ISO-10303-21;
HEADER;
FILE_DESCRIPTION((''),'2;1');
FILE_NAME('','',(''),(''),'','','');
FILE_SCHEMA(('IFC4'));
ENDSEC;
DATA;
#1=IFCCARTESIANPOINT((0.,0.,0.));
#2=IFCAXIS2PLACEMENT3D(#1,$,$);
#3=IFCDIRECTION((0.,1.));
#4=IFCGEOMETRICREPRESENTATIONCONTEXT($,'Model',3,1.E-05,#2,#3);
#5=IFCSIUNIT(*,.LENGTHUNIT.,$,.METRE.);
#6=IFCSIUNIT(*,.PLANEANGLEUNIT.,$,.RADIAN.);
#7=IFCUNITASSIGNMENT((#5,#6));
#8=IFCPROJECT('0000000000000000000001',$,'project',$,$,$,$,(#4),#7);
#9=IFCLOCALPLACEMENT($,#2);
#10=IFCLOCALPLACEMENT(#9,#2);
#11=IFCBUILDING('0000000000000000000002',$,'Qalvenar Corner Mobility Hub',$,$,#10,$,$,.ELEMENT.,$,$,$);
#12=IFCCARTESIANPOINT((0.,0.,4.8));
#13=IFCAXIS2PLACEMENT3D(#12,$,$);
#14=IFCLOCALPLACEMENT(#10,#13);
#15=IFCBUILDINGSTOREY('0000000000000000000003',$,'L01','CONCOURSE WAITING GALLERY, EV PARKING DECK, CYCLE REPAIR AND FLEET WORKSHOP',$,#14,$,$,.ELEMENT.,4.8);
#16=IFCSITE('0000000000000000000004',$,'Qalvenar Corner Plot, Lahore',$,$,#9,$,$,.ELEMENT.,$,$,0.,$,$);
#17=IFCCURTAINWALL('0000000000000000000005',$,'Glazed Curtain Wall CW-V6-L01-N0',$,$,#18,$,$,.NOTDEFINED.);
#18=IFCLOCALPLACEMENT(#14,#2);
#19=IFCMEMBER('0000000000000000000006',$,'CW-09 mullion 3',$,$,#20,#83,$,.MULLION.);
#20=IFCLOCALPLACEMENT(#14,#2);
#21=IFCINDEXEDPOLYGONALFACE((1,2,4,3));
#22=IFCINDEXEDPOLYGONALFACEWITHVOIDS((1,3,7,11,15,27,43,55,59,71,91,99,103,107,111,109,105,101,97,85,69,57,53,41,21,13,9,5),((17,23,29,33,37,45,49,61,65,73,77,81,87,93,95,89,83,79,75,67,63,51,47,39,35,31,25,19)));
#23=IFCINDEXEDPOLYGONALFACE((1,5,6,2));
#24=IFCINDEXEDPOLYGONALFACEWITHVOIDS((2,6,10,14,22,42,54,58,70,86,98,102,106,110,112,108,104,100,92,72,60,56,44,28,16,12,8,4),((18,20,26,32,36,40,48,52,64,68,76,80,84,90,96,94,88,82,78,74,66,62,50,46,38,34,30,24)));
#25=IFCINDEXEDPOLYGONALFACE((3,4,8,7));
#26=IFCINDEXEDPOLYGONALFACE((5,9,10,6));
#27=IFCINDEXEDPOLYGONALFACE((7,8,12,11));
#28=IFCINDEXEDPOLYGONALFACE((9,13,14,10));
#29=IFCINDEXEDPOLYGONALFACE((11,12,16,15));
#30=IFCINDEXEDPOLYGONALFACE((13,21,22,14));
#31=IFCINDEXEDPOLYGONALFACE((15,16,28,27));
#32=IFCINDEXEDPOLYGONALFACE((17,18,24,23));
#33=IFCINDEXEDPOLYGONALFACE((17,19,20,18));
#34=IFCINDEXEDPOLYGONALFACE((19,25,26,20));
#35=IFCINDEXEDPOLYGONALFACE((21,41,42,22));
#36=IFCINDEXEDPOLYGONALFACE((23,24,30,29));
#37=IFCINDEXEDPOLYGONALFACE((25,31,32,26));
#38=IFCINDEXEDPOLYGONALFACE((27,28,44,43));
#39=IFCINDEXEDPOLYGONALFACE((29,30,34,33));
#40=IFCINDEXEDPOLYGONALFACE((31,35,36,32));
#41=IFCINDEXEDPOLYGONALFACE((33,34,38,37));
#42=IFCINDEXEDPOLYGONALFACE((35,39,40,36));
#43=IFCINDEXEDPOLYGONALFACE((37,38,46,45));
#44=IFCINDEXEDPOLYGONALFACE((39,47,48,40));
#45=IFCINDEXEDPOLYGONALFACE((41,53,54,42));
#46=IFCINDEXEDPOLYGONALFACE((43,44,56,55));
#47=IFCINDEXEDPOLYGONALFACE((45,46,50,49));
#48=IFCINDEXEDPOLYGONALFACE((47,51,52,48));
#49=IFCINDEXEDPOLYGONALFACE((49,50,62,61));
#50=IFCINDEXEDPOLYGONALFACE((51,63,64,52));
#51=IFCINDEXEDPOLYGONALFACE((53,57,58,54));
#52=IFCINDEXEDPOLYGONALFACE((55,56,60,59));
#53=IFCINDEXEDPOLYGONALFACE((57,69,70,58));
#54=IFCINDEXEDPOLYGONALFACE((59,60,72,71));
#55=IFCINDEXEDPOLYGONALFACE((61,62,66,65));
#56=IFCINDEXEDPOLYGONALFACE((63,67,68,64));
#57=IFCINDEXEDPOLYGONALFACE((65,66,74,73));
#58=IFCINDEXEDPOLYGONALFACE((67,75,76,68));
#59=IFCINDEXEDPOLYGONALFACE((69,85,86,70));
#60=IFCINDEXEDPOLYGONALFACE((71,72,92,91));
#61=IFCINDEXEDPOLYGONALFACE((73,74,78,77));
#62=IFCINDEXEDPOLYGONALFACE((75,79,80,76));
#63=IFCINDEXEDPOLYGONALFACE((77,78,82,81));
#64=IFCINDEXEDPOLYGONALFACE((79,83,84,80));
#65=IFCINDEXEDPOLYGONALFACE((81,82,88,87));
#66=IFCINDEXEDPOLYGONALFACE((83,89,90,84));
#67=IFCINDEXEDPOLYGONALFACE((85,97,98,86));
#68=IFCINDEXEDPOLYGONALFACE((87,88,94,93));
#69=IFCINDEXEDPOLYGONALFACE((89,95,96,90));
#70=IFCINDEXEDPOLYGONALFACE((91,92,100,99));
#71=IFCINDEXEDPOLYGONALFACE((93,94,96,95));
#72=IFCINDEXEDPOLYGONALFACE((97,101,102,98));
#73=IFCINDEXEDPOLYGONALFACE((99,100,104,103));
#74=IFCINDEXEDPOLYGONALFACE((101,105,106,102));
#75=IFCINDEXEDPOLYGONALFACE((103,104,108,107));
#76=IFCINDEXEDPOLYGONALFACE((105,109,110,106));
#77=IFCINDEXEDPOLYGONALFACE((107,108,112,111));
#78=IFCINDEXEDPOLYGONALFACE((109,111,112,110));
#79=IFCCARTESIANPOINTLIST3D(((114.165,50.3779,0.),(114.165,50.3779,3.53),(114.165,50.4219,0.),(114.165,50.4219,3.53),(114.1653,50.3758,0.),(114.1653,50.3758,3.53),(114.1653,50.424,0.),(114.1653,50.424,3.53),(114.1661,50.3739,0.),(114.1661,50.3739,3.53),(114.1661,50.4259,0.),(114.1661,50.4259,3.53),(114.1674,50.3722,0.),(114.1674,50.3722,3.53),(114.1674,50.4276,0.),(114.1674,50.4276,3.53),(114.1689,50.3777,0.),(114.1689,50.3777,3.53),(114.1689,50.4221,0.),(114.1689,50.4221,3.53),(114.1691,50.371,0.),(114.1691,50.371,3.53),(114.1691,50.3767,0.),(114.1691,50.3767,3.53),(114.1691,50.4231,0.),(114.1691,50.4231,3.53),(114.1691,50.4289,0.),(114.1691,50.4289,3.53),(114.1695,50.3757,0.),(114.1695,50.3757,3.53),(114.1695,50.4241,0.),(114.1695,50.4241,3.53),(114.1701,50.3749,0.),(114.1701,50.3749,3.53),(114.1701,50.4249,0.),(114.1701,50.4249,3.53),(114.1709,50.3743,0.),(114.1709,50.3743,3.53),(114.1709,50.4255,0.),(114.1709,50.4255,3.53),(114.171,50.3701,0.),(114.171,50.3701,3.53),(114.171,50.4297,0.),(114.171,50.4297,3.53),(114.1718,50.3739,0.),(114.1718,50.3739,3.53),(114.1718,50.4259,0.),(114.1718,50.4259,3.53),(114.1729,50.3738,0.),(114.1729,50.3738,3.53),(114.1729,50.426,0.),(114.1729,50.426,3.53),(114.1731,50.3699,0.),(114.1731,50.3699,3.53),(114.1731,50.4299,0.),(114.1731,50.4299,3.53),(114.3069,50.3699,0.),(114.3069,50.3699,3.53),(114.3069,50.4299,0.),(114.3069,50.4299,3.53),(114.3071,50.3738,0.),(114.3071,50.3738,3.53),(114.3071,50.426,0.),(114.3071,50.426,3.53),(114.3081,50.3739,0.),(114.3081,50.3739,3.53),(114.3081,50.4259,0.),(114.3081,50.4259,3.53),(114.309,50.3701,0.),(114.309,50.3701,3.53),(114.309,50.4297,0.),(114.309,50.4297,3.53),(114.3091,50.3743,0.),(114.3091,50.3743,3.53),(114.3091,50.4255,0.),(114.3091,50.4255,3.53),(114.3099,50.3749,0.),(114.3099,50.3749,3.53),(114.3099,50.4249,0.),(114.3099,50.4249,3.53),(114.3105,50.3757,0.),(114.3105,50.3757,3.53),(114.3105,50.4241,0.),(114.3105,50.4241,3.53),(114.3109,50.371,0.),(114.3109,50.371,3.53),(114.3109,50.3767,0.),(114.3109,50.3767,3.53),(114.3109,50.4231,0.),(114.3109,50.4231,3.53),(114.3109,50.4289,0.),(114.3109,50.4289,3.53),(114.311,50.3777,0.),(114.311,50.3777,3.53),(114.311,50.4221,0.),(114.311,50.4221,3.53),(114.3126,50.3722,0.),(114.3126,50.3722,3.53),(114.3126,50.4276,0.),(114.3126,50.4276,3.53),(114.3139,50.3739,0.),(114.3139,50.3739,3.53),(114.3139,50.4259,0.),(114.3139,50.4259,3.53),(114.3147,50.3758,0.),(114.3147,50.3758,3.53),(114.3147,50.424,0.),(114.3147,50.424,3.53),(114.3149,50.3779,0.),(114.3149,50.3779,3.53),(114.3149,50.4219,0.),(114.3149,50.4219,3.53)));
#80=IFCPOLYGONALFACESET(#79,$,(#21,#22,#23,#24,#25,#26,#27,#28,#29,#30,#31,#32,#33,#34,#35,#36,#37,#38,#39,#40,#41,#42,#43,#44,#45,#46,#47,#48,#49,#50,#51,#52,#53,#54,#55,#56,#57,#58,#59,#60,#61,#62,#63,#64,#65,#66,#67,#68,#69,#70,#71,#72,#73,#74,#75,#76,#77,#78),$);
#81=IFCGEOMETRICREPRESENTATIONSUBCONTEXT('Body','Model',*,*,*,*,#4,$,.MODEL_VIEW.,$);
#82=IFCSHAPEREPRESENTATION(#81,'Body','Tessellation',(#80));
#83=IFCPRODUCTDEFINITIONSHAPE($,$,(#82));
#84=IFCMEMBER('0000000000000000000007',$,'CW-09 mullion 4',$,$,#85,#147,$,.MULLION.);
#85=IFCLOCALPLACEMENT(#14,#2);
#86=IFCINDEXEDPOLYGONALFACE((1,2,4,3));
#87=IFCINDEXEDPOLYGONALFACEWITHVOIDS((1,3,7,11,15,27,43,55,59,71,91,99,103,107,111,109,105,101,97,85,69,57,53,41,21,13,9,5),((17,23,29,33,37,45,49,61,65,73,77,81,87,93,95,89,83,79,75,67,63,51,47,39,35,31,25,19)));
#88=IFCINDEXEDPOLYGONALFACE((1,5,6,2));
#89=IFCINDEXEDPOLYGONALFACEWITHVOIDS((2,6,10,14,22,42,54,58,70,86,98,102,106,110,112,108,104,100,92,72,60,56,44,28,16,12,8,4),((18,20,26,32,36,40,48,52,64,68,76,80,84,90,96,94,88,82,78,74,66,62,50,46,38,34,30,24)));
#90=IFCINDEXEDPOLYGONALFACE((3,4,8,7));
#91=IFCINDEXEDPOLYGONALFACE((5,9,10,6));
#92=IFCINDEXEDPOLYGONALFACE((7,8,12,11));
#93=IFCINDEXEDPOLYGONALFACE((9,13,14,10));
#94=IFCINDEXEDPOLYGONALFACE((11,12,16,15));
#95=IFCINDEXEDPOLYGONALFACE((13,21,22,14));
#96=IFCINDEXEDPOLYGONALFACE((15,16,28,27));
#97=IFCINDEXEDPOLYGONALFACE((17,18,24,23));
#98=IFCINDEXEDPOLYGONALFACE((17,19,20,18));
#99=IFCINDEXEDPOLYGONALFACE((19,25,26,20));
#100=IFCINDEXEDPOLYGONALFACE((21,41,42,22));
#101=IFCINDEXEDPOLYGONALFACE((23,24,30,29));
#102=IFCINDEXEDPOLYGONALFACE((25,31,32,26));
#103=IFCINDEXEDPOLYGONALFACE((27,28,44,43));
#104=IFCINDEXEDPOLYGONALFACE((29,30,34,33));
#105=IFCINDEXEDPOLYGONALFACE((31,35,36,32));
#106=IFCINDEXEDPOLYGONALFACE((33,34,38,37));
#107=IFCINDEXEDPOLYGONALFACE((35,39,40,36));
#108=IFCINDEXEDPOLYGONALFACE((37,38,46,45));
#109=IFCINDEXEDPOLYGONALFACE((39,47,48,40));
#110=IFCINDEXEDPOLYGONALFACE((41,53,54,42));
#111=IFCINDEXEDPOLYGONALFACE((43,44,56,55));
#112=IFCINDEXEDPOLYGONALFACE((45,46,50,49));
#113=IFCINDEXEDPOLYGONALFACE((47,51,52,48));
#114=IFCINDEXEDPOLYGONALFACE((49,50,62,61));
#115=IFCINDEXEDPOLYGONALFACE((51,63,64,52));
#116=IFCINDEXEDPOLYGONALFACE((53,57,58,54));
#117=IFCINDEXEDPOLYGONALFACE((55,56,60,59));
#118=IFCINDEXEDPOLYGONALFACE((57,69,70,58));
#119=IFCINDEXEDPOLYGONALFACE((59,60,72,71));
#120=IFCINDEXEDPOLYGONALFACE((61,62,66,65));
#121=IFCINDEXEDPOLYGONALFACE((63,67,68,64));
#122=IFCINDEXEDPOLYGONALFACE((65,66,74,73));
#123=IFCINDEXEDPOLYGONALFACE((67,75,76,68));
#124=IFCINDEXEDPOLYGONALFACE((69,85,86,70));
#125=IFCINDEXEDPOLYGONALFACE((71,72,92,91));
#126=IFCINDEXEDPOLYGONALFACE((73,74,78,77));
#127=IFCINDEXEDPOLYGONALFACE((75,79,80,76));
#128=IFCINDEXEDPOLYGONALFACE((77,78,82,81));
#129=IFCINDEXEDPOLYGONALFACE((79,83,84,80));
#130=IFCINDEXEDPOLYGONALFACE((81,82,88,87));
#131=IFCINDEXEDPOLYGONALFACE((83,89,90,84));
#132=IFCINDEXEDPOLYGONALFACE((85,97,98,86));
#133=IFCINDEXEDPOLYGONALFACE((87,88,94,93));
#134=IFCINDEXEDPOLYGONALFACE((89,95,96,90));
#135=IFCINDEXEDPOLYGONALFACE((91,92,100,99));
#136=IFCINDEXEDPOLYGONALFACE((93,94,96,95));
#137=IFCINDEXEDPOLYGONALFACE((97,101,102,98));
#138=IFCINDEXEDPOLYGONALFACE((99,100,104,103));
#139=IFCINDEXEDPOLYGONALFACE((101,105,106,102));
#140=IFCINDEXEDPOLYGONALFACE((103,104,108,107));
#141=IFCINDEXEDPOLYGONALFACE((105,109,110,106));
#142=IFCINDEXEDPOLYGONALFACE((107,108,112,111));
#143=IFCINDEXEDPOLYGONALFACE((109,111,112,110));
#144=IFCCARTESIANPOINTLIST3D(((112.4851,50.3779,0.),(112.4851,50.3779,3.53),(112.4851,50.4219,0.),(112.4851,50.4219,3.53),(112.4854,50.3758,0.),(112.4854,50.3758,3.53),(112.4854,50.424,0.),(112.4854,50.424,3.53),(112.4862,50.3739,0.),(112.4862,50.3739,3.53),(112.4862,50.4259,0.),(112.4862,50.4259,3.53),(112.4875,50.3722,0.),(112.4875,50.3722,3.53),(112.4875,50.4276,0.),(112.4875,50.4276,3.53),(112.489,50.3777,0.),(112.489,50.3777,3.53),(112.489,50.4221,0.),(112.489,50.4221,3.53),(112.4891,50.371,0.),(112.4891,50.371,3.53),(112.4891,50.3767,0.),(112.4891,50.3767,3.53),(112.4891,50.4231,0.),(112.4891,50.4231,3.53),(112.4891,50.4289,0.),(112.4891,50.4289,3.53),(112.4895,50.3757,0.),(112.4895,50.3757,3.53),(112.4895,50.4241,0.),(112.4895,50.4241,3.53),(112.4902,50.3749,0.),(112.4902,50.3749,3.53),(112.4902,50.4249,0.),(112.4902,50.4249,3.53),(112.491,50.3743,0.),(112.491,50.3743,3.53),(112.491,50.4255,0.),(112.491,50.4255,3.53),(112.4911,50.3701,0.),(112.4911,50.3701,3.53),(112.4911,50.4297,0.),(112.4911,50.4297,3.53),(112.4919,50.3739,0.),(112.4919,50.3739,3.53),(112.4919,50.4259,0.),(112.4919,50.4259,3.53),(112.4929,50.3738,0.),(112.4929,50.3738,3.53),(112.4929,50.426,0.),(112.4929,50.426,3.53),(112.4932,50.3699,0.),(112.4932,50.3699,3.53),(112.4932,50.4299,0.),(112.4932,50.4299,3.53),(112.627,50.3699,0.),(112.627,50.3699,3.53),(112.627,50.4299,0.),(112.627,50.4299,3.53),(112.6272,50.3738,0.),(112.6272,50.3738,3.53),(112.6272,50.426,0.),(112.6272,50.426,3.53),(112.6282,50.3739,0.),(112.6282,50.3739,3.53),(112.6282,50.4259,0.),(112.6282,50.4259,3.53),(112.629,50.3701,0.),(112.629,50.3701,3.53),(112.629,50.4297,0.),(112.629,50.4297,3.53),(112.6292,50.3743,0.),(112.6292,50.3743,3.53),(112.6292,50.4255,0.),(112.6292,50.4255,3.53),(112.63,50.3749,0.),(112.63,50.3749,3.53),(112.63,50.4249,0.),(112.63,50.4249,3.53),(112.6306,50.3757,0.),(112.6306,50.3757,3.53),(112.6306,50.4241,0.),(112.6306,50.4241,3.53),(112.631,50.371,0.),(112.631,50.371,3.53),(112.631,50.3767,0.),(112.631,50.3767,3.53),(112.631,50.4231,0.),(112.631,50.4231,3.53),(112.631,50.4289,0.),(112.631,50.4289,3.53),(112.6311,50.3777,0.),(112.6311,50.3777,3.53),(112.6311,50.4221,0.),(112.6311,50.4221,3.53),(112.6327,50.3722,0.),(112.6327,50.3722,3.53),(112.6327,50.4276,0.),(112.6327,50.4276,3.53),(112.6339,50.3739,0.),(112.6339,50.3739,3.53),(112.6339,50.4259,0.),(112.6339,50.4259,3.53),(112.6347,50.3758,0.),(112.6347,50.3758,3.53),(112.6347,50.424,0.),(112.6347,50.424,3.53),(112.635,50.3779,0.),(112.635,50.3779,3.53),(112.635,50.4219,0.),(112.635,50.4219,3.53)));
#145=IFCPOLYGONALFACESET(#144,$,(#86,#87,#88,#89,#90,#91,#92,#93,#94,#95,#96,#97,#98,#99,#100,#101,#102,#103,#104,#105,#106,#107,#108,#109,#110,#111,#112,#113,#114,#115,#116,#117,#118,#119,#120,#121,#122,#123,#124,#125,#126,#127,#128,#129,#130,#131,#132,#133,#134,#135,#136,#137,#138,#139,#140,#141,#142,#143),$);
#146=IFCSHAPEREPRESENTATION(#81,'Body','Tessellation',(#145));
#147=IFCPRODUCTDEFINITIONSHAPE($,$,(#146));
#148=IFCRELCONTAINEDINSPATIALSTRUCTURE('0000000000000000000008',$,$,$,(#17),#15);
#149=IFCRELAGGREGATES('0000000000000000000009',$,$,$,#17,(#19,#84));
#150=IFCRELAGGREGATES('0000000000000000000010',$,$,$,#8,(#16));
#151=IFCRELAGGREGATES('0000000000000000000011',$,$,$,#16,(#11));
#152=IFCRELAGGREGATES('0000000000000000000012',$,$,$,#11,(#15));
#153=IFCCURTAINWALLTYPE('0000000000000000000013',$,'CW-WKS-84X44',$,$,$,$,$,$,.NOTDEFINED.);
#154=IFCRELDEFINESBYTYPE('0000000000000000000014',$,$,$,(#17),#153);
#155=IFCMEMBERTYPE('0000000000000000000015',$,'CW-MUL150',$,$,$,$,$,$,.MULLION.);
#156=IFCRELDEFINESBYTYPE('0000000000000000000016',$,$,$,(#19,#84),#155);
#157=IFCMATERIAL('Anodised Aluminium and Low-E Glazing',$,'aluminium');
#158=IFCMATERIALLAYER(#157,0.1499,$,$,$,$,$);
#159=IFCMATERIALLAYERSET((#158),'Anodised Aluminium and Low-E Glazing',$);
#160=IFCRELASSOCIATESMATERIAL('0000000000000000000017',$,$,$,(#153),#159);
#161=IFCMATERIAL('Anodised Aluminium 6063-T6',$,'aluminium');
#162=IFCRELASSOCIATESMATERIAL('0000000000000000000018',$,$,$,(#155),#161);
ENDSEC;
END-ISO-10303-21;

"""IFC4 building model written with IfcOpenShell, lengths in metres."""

from ifc_helpers import new_model, si_unit, direction, frame, origin, origin_2d, place, context, subcontext, project, spatial, hollow_rectangle, extrude, material, layer, layer_set, material_profile, profile_set, type_object, element, aggregate, save


model = new_model("IFC4")

# Units and contexts
model_context = context("Model", 3, precision=1e-05, world=origin(), true_north=direction((0.0, 1.0)))
body_context = subcontext(model_context, "Body", "Model", "MODEL_VIEW")
ifc_project = project(units=[si_unit("LENGTHUNIT", "METRE"), si_unit("PLANEANGLEUNIT", "RADIAN")], contexts=[model_context])

# Site, building, storey
site_placement = place(None, origin())
site = spatial("IfcSite", under=ifc_project, at=site_placement, Name="Qalvenar Corner Plot, Lahore", CompositionType="ELEMENT", RefElevation=0.0)
building_placement = place(site_placement, origin())
building = spatial("IfcBuilding", under=site, at=building_placement, Name="Qalvenar Corner Mobility Hub", CompositionType="ELEMENT")
storey_placement = place(building_placement, frame((0.0, 0.0, 4.8)))
storey = spatial("IfcBuildingStorey", under=building, at=storey_placement, Name="L01", Description="CONCOURSE WAITING GALLERY, EV PARKING DECK, CYCLE REPAIR AND FLEET WORKSHOP", CompositionType="ELEMENT", Elevation=4.8)

# Curtain wall, members
ifc_material_1 = material(Name="Anodised Aluminium and Low-E Glazing", Category="aluminium")
ifc_layer_1 = layer(ifc_material_1, 0.1499)
ifc_layer_set_1 = layer_set([ifc_layer_1], Name="Anodised Aluminium and Low-E Glazing")
curtain_wall_type = type_object("IfcCurtainWallType", Name="CW-WKS-84X44", PredefinedType="NOTDEFINED", material=ifc_layer_set_1)
curtain_wall_placement = place(storey_placement, origin())
curtain_wall = element("IfcCurtainWall", 1, at=curtain_wall_placement, inside=storey, type_object=curtain_wall_type, Name="Glazed Curtain Wall CW-V6-L01-N0", PredefinedType="NOTDEFINED")
ifc_material_2 = material(Name="Anodised Aluminium 6063-T6", Category="aluminium")
ifc_material_profile_1 = material_profile(ifc_material_2, hollow_rectangle(XDim=0.0601, YDim=0.1499, WallThickness=0.0039, InnerFilletRadius=0.0039, OuterFilletRadius=0.0081, at=origin_2d()), Name="RHS150x60x4")
ifc_profile_set_1 = profile_set([ifc_material_profile_1], Name="Anodised Aluminium 6063-T6")
member_type_1 = type_object("IfcMemberType", Name="CW-MUL150", PredefinedType="MULLION", material=ifc_profile_set_1)
member_1_placement = place(storey_placement, frame((114.24, 50.3999, 0.0), z_axis=(0.0, 0.0, 1.0), x_axis=(0.0, -1.0, 0.0)))
member_1 = element("IfcMember", 2, at=member_1_placement, type_object=member_type_1, Name="CW-09 mullion 3", PredefinedType="MULLION", context=body_context, shape_type="SweptSolid", body=[
    extrude(hollow_rectangle(XDim=0.0601, YDim=0.1499, WallThickness=0.0039, InnerFilletRadius=0.0039, OuterFilletRadius=0.0081, at=origin_2d()), origin(), (0.0, 0.0, 1.0), 3.53),
])
member_2_placement = place(storey_placement, frame((112.5601, 50.3999, 0.0), z_axis=(0.0, 0.0, 1.0), x_axis=(0.0, -1.0, 0.0)))
member_2 = element("IfcMember", 3, at=member_2_placement, type_object=member_type_1, Name="CW-09 mullion 4", PredefinedType="MULLION", context=body_context, shape_type="SweptSolid", body=[
    extrude(hollow_rectangle(XDim=0.0601, YDim=0.1499, WallThickness=0.0039, InnerFilletRadius=0.0039, OuterFilletRadius=0.0081, at=origin_2d()), origin(), (0.0, 0.0, 1.0), 3.53),
])

aggregate(curtain_wall, [member_1, member_2])

save(model, "model.ifc")
